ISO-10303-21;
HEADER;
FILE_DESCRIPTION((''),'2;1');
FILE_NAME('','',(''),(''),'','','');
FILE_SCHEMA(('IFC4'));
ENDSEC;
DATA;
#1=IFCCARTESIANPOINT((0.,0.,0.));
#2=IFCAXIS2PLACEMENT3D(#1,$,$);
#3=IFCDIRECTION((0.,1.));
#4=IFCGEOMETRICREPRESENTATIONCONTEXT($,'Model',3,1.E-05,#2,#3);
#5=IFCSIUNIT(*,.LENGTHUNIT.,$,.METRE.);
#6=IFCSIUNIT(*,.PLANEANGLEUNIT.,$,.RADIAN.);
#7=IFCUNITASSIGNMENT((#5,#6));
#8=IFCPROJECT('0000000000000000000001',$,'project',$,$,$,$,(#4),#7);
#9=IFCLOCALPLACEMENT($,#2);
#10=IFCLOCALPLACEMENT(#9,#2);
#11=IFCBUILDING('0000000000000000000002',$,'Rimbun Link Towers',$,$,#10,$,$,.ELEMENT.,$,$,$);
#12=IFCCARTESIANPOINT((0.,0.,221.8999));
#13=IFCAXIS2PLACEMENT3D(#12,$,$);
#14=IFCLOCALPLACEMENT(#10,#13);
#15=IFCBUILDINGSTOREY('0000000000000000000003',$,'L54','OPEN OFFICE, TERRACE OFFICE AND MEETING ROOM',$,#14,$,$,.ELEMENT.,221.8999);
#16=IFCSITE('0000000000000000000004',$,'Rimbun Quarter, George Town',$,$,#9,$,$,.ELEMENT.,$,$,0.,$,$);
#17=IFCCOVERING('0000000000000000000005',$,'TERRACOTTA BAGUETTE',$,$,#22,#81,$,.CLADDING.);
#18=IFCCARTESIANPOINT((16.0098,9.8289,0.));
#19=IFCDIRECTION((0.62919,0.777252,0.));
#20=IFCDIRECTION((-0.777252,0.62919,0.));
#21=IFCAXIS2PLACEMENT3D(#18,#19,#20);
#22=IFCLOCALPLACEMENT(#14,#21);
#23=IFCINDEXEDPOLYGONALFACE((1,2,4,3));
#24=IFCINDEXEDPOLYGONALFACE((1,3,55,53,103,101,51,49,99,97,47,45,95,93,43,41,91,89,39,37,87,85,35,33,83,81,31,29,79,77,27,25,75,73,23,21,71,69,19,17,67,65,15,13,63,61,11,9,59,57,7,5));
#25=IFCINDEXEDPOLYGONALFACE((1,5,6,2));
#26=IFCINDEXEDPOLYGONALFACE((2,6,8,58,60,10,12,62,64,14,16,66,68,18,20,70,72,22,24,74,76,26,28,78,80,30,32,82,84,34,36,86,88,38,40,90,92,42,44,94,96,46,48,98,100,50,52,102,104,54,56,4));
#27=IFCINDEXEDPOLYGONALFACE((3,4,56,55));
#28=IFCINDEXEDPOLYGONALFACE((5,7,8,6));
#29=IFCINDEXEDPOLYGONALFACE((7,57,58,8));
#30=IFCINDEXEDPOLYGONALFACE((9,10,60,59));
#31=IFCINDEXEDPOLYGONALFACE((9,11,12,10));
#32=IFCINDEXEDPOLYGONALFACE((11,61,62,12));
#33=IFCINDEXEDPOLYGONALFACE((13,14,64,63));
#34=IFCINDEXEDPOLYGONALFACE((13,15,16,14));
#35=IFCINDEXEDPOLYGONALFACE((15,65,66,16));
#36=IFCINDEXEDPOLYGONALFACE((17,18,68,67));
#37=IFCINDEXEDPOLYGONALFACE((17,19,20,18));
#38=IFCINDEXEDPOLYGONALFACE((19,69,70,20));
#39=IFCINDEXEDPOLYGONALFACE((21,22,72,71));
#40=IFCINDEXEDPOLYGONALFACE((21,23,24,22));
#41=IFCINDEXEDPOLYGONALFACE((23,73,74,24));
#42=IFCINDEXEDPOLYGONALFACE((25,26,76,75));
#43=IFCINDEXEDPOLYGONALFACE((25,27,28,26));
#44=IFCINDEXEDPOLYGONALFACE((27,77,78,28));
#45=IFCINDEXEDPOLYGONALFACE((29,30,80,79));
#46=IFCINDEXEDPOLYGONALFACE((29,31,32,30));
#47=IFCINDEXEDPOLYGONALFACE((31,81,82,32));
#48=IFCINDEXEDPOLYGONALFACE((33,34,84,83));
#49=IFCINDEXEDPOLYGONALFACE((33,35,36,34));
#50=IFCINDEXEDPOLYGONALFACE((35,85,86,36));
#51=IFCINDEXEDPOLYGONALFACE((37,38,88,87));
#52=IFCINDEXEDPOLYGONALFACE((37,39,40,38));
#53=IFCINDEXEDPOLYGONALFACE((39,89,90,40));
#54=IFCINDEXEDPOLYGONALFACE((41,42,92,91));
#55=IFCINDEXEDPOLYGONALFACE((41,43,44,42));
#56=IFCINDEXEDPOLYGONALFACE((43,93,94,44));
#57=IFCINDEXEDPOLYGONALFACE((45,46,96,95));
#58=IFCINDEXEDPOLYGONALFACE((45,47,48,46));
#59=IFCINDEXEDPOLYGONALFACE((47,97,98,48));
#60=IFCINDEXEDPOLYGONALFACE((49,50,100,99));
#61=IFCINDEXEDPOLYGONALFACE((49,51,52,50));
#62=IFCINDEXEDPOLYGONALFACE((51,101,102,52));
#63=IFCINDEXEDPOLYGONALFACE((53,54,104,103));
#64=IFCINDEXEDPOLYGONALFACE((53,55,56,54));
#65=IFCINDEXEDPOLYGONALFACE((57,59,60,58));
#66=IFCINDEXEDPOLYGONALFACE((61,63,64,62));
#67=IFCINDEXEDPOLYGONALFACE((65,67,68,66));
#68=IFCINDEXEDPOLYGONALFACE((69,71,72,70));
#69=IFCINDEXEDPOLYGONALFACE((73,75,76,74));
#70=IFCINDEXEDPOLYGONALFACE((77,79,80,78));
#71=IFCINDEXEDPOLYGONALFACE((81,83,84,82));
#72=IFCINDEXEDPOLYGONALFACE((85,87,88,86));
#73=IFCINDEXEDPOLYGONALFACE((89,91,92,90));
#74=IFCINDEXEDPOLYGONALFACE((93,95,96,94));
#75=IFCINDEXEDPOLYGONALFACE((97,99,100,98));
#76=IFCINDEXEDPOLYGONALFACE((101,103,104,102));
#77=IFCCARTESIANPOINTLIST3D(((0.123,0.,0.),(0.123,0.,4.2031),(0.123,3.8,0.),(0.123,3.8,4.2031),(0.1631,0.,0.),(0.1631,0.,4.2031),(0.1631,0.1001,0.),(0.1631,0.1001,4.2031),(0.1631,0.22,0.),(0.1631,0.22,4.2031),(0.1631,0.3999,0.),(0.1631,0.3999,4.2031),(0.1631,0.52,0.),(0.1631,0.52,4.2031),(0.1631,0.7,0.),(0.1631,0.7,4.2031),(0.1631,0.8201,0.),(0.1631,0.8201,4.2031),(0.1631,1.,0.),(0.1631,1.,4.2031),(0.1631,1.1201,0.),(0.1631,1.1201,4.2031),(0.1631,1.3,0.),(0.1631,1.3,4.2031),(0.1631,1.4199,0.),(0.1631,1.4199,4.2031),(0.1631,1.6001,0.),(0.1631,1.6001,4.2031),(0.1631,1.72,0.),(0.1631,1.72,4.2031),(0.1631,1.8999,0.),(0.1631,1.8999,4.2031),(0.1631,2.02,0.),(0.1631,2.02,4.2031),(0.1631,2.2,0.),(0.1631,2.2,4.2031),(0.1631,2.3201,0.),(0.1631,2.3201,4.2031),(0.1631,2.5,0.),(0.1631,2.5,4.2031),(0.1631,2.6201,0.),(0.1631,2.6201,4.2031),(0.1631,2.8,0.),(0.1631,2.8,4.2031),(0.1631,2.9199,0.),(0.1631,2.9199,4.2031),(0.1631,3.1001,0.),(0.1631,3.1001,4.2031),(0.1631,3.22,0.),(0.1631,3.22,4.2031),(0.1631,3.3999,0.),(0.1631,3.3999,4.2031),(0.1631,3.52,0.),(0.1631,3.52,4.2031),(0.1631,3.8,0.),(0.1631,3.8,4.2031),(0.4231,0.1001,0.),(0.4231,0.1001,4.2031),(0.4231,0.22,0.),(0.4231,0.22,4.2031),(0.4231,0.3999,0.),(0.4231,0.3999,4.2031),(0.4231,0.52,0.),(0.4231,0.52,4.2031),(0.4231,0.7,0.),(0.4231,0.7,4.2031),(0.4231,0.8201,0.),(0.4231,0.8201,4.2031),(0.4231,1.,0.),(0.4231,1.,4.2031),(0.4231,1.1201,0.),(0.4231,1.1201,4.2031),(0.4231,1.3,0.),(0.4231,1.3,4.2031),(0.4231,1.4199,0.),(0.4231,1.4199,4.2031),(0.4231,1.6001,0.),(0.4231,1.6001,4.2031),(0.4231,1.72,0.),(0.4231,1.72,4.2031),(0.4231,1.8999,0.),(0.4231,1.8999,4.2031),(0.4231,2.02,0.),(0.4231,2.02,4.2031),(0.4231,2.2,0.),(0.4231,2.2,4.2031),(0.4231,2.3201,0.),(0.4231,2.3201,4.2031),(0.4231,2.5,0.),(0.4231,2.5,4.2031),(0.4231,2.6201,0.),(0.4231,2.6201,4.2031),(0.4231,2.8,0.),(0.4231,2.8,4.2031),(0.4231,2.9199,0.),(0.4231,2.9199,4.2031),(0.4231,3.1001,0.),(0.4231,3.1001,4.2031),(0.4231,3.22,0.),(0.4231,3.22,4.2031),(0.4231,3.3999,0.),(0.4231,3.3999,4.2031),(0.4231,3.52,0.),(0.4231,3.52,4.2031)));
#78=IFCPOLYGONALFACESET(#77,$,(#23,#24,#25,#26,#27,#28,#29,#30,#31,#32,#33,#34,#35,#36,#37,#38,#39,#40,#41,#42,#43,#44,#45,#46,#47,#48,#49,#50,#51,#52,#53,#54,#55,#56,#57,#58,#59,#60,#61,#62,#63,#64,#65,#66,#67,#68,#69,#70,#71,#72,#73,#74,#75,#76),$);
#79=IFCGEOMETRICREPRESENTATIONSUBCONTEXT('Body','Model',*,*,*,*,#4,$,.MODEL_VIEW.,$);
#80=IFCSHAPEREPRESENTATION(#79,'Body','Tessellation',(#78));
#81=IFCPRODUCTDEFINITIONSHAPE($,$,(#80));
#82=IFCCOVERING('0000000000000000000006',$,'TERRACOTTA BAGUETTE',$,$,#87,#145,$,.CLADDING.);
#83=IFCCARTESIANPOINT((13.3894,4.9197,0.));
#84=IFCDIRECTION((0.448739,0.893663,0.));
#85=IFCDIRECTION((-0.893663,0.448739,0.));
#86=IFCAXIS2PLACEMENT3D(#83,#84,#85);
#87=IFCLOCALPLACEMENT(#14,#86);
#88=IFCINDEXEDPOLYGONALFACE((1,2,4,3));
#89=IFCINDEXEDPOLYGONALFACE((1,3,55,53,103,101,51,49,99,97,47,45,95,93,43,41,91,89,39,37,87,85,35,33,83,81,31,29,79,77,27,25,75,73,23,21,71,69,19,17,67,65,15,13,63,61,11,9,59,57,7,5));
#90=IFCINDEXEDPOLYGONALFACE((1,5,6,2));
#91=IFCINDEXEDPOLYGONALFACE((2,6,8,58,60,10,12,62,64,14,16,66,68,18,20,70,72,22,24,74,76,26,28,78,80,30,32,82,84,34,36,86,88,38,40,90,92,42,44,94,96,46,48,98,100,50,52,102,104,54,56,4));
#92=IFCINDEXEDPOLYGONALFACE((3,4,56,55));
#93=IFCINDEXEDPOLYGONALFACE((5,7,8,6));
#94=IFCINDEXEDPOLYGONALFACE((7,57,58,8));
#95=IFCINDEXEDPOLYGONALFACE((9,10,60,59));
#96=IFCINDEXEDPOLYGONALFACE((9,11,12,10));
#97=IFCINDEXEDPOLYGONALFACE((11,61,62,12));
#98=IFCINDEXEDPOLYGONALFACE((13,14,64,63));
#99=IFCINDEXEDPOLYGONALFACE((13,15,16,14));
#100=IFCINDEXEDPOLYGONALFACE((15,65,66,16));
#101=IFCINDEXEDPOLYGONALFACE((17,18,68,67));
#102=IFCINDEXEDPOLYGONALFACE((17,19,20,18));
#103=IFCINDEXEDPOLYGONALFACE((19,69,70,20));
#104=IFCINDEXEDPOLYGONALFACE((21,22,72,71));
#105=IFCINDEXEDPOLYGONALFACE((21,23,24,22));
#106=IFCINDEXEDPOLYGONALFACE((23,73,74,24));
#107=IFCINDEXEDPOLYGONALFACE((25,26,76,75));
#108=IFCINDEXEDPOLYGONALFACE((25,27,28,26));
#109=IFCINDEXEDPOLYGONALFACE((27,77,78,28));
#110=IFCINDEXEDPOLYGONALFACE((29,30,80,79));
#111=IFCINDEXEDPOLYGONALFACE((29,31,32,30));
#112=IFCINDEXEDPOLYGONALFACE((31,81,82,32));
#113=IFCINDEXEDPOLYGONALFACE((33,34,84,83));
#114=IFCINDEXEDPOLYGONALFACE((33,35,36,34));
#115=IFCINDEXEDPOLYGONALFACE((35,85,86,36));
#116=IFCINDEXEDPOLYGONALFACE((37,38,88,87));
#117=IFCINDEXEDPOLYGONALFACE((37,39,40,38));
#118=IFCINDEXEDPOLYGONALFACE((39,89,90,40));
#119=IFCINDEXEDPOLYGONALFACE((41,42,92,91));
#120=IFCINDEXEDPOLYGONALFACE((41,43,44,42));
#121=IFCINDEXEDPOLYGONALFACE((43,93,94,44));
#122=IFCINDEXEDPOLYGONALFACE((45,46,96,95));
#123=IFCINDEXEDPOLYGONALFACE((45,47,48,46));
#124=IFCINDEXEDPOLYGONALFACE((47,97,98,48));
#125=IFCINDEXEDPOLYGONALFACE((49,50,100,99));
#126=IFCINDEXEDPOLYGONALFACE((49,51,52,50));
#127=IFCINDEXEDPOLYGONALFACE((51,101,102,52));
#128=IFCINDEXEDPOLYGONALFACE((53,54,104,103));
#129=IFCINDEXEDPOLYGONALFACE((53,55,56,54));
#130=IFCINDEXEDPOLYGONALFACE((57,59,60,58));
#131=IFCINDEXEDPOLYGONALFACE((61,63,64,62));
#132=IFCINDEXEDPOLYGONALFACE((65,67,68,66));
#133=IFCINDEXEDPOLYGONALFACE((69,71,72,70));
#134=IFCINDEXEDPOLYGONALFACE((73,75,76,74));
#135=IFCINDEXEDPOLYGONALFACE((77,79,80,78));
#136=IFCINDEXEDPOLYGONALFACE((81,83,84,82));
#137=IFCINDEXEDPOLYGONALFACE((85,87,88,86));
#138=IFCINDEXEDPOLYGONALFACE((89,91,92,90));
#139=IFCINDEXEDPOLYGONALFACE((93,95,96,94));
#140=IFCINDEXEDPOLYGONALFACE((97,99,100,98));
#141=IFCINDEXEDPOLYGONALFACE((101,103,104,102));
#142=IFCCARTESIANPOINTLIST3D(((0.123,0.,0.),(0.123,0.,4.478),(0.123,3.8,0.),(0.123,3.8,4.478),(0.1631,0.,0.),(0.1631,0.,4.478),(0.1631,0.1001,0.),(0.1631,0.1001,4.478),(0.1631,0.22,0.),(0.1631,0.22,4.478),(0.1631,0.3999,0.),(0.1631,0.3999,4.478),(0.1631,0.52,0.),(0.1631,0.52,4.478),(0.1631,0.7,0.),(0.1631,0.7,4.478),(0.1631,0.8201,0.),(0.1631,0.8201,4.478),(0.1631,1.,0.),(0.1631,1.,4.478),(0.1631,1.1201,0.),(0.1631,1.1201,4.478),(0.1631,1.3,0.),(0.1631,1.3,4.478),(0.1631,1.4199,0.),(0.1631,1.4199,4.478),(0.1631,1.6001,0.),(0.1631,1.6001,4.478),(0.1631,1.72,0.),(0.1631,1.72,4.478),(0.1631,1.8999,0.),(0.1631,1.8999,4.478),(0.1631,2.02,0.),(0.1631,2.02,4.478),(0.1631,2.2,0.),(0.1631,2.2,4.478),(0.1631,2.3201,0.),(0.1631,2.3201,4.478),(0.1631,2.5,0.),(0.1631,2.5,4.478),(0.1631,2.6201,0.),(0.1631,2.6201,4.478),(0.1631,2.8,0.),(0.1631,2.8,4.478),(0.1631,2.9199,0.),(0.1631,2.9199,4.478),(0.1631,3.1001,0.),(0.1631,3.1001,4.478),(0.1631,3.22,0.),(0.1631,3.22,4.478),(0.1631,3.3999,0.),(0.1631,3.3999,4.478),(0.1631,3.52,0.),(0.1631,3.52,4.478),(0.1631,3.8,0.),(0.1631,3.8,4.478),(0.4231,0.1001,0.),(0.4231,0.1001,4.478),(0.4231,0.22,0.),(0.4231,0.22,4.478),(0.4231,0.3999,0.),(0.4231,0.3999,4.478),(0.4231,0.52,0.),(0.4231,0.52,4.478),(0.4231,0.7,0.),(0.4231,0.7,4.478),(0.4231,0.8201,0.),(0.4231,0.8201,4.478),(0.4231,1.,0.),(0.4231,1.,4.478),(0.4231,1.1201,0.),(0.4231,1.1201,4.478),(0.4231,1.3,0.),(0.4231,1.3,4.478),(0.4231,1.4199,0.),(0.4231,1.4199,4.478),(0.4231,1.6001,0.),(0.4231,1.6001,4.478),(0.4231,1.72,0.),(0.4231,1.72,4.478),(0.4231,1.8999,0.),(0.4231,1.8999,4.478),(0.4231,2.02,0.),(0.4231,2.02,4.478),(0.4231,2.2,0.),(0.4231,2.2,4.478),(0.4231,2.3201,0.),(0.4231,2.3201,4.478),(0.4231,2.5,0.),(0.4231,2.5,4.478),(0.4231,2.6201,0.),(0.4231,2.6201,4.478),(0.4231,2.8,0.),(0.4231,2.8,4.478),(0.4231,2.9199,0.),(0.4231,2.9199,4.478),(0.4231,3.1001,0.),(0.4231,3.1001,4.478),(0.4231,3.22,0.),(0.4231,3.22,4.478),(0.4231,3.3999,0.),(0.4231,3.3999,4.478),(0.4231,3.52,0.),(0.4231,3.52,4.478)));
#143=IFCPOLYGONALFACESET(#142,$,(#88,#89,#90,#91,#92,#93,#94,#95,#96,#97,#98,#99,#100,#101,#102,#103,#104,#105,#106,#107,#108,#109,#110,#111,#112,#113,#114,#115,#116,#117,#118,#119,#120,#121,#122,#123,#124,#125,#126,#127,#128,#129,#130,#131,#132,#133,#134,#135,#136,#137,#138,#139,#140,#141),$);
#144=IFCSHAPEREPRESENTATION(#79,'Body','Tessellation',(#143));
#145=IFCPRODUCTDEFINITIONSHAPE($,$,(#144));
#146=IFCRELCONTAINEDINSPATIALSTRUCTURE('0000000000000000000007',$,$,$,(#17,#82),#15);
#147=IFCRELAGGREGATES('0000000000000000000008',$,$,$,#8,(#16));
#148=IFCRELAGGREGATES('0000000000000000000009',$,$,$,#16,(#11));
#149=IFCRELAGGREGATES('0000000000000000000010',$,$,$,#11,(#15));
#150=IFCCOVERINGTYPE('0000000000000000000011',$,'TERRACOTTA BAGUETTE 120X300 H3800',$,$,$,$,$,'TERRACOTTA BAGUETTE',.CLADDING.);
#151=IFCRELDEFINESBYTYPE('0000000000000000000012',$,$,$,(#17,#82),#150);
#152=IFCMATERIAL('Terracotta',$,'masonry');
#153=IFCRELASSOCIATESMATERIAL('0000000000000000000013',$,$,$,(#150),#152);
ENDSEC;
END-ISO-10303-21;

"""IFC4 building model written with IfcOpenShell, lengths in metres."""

from ifc_helpers import new_model, si_unit, direction, frame, origin, place, context, subcontext, project, spatial, polyline, outline, extrude, material, material_profile, profile_set, type_object, element, save


model = new_model("IFC4")

# Units and contexts
model_context = context("Model", 3, precision=1e-05, world=origin(), true_north=direction((0.0, 1.0)))
body_context = subcontext(model_context, "Body", "Model", "MODEL_VIEW")
ifc_project = project(units=[si_unit("LENGTHUNIT", "METRE"), si_unit("PLANEANGLEUNIT", "RADIAN")], contexts=[model_context])

# Site, building, storey
site_placement = place(None, origin())
site = spatial("IfcSite", under=ifc_project, at=site_placement, Name="Rimbun Quarter, George Town", CompositionType="ELEMENT", RefElevation=0.0)
building_placement = place(site_placement, origin())
building = spatial("IfcBuilding", under=site, at=building_placement, Name="Rimbun Link Towers", CompositionType="ELEMENT")
storey_placement = place(building_placement, frame((0.0, 0.0, 221.8999)))
storey = spatial("IfcBuildingStorey", under=building, at=storey_placement, Name="L54", Description="OPEN OFFICE, TERRACE OFFICE AND MEETING ROOM", CompositionType="ELEMENT", Elevation=221.8999)

# Coverings
ifc_material_1 = material(Name="Terracotta", Category="masonry")
ifc_material_profile_1 = material_profile(ifc_material_1, outline(polyline([(0.123, 0.0), (0.1631, 0.0), (0.1631, 0.1001), (0.4231, 0.1001), (0.4231, 0.22), (0.1631, 0.22), (0.1631, 0.3999), (0.4231, 0.3999), (0.4231, 0.52), (0.1631, 0.52), (0.1631, 0.7), (0.4231, 0.7), (0.4231, 0.8201), (0.1631, 0.8201), (0.1631, 1.0), (0.4231, 1.0), (0.4231, 1.1201), (0.1631, 1.1201), (0.1631, 1.3), (0.4231, 1.3), (0.4231, 1.4199), (0.1631, 1.4199), (0.1631, 1.6001), (0.4231, 1.6001), (0.4231, 1.72), (0.1631, 1.72), (0.1631, 1.8999), (0.4231, 1.8999), (0.4231, 2.02), (0.1631, 2.02), (0.1631, 2.2), (0.4231, 2.2), (0.4231, 2.3201), (0.1631, 2.3201), (0.1631, 2.5), (0.4231, 2.5), (0.4231, 2.6201), (0.1631, 2.6201), (0.1631, 2.8), (0.4231, 2.8), (0.4231, 2.9199), (0.1631, 2.9199), (0.1631, 3.1001), (0.4231, 3.1001), (0.4231, 3.22), (0.1631, 3.22), (0.1631, 3.3999), (0.4231, 3.3999), (0.4231, 3.52), (0.1631, 3.52), (0.1631, 3.8), (0.123, 3.8), (0.123, 0.0)])), Name="BAGUETTE 120X300")
ifc_profile_set_1 = profile_set([ifc_material_profile_1], Name="Terracotta")
covering_type = type_object("IfcCoveringType", Name="TERRACOTTA BAGUETTE 120X300 H3800", ElementType="TERRACOTTA BAGUETTE", PredefinedType="CLADDING", material=ifc_profile_set_1)
covering_1_placement = place(storey_placement, frame((16.0098, 9.8289, 0.0), z_axis=(0.62919, 0.777252, 0.0), x_axis=(-0.777252, 0.62919, 0.0)))
element("IfcCovering", 1, at=covering_1_placement, inside=storey, type_object=covering_type, Name="TERRACOTTA BAGUETTE", PredefinedType="CLADDING", context=body_context, shape_type="SweptSolid", body=[
    extrude(outline(polyline([(0.123, 0.0), (0.1631, 0.0), (0.1631, 0.1001), (0.4231, 0.1001), (0.4231, 0.22), (0.1631, 0.22), (0.1631, 0.3999), (0.4231, 0.3999), (0.4231, 0.52), (0.1631, 0.52), (0.1631, 0.7), (0.4231, 0.7), (0.4231, 0.8201), (0.1631, 0.8201), (0.1631, 1.0), (0.4231, 1.0), (0.4231, 1.1201), (0.1631, 1.1201), (0.1631, 1.3), (0.4231, 1.3), (0.4231, 1.4199), (0.1631, 1.4199), (0.1631, 1.6001), (0.4231, 1.6001), (0.4231, 1.72), (0.1631, 1.72), (0.1631, 1.8999), (0.4231, 1.8999), (0.4231, 2.02), (0.1631, 2.02), (0.1631, 2.2), (0.4231, 2.2), (0.4231, 2.3201), (0.1631, 2.3201), (0.1631, 2.5), (0.4231, 2.5), (0.4231, 2.6201), (0.1631, 2.6201), (0.1631, 2.8), (0.4231, 2.8), (0.4231, 2.9199), (0.1631, 2.9199), (0.1631, 3.1001), (0.4231, 3.1001), (0.4231, 3.22), (0.1631, 3.22), (0.1631, 3.3999), (0.4231, 3.3999), (0.4231, 3.52), (0.1631, 3.52), (0.1631, 3.8), (0.123, 3.8), (0.123, 0.0)])), origin(), (0.0, 0.0, 1.0), 4.2031),
])
covering_2_placement = place(storey_placement, frame((13.3894, 4.9197, 0.0), z_axis=(0.448739, 0.893663, 0.0), x_axis=(-0.893663, 0.448739, 0.0)))
element("IfcCovering", 2, at=covering_2_placement, inside=storey, type_object=covering_type, Name="TERRACOTTA BAGUETTE", PredefinedType="CLADDING", context=body_context, shape_type="SweptSolid", body=[
    extrude(outline(polyline([(0.123, 0.0), (0.1631, 0.0), (0.1631, 0.1001), (0.4231, 0.1001), (0.4231, 0.22), (0.1631, 0.22), (0.1631, 0.3999), (0.4231, 0.3999), (0.4231, 0.52), (0.1631, 0.52), (0.1631, 0.7), (0.4231, 0.7), (0.4231, 0.8201), (0.1631, 0.8201), (0.1631, 1.0), (0.4231, 1.0), (0.4231, 1.1201), (0.1631, 1.1201), (0.1631, 1.3), (0.4231, 1.3), (0.4231, 1.4199), (0.1631, 1.4199), (0.1631, 1.6001), (0.4231, 1.6001), (0.4231, 1.72), (0.1631, 1.72), (0.1631, 1.8999), (0.4231, 1.8999), (0.4231, 2.02), (0.1631, 2.02), (0.1631, 2.2), (0.4231, 2.2), (0.4231, 2.3201), (0.1631, 2.3201), (0.1631, 2.5), (0.4231, 2.5), (0.4231, 2.6201), (0.1631, 2.6201), (0.1631, 2.8), (0.4231, 2.8), (0.4231, 2.9199), (0.1631, 2.9199), (0.1631, 3.1001), (0.4231, 3.1001), (0.4231, 3.22), (0.1631, 3.22), (0.1631, 3.3999), (0.4231, 3.3999), (0.4231, 3.52), (0.1631, 3.52), (0.1631, 3.8), (0.123, 3.8), (0.123, 0.0)])), origin(), (0.0, 0.0, 1.0), 4.478),
])

save(model, "model.ifc")
